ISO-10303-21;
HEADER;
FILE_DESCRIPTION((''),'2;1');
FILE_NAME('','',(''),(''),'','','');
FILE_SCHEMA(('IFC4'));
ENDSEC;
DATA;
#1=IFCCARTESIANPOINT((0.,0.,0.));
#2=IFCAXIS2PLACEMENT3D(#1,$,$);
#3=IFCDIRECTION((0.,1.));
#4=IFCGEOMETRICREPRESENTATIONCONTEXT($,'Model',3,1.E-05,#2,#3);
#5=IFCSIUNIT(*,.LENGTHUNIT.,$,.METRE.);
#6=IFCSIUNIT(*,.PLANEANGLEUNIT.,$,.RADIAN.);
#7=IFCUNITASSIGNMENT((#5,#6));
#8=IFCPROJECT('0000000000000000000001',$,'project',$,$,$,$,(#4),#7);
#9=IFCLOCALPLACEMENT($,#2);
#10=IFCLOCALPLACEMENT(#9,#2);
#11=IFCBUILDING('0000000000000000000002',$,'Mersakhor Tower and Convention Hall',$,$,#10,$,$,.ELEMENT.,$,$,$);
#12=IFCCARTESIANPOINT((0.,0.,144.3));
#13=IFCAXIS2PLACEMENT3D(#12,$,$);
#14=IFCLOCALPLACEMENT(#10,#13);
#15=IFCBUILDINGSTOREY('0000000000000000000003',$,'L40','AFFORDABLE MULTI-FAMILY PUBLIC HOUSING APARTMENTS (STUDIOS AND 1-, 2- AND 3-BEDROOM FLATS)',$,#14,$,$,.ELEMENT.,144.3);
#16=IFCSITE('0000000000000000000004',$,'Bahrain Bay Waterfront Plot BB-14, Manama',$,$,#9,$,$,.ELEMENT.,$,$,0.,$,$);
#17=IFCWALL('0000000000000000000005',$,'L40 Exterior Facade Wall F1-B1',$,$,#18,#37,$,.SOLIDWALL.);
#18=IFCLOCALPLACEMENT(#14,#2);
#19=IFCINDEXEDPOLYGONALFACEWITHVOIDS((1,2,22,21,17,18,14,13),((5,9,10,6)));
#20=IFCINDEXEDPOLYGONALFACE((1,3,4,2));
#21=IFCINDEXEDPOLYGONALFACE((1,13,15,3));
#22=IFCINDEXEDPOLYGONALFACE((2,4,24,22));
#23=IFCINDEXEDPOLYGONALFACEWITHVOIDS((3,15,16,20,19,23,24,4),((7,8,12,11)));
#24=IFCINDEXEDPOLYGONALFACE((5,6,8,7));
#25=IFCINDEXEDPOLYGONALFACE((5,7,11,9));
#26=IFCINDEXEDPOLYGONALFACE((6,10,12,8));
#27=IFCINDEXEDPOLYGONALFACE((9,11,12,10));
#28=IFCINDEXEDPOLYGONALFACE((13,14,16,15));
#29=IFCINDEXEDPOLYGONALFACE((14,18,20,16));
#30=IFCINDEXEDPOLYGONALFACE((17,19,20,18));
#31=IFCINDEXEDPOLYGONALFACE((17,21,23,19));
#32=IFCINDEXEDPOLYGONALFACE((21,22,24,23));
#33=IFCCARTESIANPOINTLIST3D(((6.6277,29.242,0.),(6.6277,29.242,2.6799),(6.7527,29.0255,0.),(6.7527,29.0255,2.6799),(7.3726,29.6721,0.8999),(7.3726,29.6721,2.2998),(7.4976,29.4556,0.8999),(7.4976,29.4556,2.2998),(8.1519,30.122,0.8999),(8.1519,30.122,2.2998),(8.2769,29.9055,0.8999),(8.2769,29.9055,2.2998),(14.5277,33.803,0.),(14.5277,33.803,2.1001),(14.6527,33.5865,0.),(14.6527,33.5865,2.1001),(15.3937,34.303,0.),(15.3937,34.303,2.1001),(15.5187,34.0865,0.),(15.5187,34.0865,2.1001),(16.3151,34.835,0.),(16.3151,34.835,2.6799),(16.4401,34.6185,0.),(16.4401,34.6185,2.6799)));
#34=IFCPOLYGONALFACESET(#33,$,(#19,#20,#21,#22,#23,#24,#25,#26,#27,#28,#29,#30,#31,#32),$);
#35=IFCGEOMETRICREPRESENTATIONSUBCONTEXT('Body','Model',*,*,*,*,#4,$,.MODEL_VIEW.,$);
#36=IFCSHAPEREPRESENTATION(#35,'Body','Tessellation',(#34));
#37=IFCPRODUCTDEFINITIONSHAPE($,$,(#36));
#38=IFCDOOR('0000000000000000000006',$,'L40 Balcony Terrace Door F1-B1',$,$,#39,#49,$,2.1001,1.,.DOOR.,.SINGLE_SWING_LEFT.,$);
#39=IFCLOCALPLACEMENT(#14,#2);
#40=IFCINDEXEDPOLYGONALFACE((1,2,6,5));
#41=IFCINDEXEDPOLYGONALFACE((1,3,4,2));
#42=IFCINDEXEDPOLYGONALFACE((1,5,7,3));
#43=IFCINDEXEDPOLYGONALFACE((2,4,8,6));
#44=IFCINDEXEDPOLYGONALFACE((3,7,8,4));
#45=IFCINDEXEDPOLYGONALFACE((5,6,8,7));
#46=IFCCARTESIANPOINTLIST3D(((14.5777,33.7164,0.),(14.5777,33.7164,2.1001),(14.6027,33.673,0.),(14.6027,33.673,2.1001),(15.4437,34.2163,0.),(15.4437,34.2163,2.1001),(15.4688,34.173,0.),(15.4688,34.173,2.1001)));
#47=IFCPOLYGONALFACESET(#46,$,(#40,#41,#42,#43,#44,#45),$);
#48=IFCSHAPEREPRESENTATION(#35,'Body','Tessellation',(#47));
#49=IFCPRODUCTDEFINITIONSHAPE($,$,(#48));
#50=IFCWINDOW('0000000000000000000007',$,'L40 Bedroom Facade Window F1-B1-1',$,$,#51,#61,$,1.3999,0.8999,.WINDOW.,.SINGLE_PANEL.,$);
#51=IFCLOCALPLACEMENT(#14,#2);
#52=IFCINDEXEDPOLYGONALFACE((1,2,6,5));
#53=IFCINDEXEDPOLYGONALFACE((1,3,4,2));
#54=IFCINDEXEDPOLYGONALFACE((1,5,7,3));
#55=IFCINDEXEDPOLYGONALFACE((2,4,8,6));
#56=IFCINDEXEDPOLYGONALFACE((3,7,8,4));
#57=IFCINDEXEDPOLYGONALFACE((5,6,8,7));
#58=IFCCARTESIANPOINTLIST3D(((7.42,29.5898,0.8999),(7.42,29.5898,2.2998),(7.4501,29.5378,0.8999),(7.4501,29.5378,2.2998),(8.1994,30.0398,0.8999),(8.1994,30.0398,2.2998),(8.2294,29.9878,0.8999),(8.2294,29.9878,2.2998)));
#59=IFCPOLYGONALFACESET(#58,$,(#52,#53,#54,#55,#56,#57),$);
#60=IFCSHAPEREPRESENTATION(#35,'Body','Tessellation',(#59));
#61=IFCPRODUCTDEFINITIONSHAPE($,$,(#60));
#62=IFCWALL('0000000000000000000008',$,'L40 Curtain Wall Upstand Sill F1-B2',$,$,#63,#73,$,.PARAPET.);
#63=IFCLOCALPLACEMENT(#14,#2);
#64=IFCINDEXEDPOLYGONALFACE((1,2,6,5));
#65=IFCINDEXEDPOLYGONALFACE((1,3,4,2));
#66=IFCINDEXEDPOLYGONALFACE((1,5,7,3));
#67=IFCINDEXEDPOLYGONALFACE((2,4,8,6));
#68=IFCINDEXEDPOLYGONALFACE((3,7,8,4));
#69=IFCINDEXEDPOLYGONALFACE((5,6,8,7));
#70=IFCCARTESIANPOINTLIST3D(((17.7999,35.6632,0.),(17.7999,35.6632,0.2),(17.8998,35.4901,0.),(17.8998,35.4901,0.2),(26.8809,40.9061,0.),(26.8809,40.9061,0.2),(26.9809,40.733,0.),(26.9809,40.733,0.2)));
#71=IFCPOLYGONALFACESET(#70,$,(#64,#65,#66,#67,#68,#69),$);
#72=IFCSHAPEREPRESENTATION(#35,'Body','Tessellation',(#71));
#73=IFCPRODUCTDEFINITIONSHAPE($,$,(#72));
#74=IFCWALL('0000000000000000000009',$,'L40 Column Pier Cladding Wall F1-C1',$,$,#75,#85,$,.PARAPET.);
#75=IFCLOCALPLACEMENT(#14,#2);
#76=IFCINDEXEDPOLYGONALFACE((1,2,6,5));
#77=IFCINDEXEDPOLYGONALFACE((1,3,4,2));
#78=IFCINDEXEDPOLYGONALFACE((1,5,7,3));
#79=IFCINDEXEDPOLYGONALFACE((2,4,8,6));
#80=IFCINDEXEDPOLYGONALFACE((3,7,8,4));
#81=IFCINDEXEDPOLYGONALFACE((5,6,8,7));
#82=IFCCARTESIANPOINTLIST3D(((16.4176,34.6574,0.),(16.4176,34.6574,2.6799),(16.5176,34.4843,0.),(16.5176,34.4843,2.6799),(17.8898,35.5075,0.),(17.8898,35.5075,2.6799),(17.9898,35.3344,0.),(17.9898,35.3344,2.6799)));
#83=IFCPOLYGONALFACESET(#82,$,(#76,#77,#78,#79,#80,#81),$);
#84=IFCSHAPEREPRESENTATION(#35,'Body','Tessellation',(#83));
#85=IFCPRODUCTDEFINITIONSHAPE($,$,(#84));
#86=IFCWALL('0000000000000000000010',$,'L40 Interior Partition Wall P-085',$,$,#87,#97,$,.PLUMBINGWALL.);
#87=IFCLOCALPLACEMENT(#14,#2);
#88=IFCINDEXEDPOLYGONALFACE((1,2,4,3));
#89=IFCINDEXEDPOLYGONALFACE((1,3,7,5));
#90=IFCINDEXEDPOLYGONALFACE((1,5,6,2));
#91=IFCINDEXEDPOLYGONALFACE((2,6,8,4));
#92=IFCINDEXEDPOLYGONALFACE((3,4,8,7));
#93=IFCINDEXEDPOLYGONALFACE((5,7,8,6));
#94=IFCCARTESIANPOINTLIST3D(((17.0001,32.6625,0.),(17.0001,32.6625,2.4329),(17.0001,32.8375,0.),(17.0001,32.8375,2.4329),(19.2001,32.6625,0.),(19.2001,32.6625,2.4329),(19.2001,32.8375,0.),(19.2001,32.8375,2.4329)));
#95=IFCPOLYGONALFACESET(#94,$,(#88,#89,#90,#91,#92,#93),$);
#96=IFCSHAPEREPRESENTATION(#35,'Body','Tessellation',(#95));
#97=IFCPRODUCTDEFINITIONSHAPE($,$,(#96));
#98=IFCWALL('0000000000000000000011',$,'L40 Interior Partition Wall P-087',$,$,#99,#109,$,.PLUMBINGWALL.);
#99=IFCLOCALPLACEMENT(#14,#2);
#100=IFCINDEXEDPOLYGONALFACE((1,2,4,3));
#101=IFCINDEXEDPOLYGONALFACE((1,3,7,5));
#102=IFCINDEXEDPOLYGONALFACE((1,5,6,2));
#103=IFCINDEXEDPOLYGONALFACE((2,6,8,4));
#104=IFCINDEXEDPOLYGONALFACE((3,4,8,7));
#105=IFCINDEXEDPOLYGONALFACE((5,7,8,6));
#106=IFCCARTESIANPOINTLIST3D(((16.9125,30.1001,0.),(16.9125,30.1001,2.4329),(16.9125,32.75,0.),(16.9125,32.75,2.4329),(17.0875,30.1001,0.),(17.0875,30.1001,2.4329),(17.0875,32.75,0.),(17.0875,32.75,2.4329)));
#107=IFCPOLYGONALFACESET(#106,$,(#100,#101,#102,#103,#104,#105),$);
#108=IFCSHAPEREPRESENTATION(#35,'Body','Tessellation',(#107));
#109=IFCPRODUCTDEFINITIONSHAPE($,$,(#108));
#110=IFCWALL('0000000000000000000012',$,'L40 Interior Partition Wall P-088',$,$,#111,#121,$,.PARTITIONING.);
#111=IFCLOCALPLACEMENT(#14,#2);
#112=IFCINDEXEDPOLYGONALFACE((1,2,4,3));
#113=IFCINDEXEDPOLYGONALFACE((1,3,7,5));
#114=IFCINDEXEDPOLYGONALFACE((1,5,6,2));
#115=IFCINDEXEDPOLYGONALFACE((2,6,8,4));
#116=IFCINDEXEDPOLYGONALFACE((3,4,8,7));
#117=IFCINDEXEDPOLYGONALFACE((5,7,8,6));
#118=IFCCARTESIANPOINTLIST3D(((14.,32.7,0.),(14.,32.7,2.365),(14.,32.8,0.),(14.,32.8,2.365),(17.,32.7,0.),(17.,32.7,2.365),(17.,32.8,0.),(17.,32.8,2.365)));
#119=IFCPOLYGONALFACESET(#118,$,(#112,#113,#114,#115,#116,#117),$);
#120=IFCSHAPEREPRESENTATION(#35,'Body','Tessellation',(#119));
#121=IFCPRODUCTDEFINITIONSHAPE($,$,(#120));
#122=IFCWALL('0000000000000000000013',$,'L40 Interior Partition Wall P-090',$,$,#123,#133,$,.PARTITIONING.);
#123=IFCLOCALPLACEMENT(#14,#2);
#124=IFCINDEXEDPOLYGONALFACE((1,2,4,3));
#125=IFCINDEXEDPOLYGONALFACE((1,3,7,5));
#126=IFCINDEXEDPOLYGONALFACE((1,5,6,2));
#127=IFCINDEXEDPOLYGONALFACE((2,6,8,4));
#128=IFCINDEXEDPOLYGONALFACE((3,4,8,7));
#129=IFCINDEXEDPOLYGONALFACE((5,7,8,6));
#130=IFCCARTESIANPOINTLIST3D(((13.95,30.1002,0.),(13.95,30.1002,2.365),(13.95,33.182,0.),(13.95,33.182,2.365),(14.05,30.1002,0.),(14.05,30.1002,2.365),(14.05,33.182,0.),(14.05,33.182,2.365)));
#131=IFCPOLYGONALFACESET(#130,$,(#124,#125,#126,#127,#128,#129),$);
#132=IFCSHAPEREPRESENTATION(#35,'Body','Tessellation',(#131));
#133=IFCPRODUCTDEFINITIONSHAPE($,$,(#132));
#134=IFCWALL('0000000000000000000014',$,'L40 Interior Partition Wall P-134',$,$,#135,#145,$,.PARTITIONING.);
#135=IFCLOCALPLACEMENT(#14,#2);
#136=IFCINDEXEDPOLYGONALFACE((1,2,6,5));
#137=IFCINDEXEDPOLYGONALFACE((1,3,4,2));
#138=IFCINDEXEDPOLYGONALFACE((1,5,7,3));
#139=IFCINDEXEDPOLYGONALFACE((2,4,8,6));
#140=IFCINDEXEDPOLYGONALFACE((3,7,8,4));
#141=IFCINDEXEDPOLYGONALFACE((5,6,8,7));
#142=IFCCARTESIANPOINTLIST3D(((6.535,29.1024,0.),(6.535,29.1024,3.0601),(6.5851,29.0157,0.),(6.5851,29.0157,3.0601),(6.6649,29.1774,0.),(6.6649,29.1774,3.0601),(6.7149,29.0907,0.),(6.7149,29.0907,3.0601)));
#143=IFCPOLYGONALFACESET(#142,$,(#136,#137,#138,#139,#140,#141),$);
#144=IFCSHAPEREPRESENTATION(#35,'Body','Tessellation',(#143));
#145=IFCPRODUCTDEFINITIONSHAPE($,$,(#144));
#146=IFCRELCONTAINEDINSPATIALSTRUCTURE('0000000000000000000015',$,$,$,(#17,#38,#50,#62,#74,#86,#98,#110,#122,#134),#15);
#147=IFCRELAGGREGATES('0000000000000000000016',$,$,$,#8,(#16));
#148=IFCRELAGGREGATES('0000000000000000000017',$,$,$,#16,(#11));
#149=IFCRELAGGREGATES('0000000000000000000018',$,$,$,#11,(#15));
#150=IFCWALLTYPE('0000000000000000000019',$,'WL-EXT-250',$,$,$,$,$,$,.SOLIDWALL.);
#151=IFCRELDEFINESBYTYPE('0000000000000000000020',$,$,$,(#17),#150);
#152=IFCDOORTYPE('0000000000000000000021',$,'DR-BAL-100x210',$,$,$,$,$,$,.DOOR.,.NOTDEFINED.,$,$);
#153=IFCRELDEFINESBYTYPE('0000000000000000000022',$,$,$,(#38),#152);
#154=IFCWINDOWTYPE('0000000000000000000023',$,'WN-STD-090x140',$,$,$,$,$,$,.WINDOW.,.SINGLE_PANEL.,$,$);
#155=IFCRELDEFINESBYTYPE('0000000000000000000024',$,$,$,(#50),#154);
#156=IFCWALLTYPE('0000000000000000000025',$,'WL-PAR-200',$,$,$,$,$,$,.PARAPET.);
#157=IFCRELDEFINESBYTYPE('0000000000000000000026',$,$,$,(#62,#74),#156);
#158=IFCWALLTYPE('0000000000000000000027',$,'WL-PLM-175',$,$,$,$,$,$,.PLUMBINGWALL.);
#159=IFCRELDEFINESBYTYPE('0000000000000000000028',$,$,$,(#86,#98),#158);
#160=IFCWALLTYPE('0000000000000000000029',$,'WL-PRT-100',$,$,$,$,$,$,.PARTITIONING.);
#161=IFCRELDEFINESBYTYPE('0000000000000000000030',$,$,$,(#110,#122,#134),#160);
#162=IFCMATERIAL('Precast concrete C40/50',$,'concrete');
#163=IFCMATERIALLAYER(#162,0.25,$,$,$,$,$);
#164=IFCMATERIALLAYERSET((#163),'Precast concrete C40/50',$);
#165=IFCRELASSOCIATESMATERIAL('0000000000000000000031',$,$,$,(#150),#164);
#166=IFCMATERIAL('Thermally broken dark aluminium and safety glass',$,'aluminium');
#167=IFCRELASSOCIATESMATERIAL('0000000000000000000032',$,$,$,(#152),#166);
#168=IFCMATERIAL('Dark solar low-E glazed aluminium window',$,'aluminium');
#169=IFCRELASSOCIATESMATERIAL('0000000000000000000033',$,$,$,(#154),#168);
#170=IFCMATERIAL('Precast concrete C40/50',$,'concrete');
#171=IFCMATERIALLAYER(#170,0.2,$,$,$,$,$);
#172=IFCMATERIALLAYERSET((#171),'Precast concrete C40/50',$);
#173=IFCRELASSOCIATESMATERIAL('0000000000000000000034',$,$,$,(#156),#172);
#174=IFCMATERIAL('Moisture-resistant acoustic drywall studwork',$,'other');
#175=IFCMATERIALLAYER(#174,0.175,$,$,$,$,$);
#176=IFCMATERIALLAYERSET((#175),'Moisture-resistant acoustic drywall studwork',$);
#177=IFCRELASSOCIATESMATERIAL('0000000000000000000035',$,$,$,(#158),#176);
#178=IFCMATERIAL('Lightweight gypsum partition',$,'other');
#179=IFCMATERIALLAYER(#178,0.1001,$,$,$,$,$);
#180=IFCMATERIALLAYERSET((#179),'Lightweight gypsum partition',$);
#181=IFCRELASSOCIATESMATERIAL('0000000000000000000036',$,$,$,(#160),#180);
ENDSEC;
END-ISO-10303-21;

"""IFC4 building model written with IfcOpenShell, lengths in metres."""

from ifc_helpers import new_model, si_unit, direction, frame, frame_2d, origin, place, context, subcontext, project, spatial, rectangle, extrude, material, layer, layer_set, type_object, element, fill, save


model = new_model("IFC4")

# Units and contexts
model_context = context("Model", 3, precision=1e-05, world=origin(), true_north=direction((0.0, 1.0)))
body_context = subcontext(model_context, "Body", "Model", "MODEL_VIEW")
ifc_project = project(units=[si_unit("LENGTHUNIT", "METRE"), si_unit("PLANEANGLEUNIT", "RADIAN")], contexts=[model_context])

# Site, building, storey
site_placement = place(None, origin())
site = spatial("IfcSite", under=ifc_project, at=site_placement, Name="Bahrain Bay Waterfront Plot BB-14, Manama", CompositionType="ELEMENT", RefElevation=0.0)
building_placement = place(site_placement, origin())
building = spatial("IfcBuilding", under=site, at=building_placement, Name="Mersakhor Tower and Convention Hall", CompositionType="ELEMENT")
storey_placement = place(building_placement, frame((0.0, 0.0, 144.3)))
storey = spatial("IfcBuildingStorey", under=building, at=storey_placement, Name="L40", Description="AFFORDABLE MULTI-FAMILY PUBLIC HOUSING APARTMENTS (STUDIOS AND 1-, 2- AND 3-BEDROOM FLATS)", CompositionType="ELEMENT", Elevation=144.3)

# Wall, openings, door, window
ifc_material_1 = material(Name="Precast concrete C40/50", Category="concrete")
ifc_layer_1 = layer(ifc_material_1, 0.25)
ifc_layer_set_1 = layer_set([ifc_layer_1], Name="Precast concrete C40/50")
wall_type_1 = type_object("IfcWallType", Name="WL-EXT-250", PredefinedType="SOLIDWALL", material=ifc_layer_set_1)
wall_1_placement = place(storey_placement, frame((6.6902, 29.1338, 0.0), z_axis=(0.0, 0.0, 1.0), x_axis=(0.866028, 0.499996, 0.0)))
wall_1 = element("IfcWall", 1, at=wall_1_placement, inside=storey, type_object=wall_type_1, Name="L40 Exterior Facade Wall F1-B1", PredefinedType="SOLIDWALL", context=body_context, shape_type="SweptSolid", body=[
    extrude(rectangle(XDim=11.186, YDim=0.25, at=frame_2d((5.593, 0.0))), origin(), (0.0, 0.0, 1.0), 2.6799),
])
opening_1_placement = place(wall_1_placement, frame((9.1221, 0.0, 0.0)))
opening_1 = element("IfcOpeningElement", 2, at=opening_1_placement, cuts=wall_1, PredefinedType="OPENING", context=body_context, shape_type="SweptSolid", body=[
    extrude(rectangle(XDim=1.0, YDim=2.1001, at=frame_2d((0.5, 1.05))), frame((0.0, 0.135, 0.0), z_axis=(0.0, -1.0, 0.0), x_axis=(1.0, 0.0, 0.0)), (0.0, 0.0, 1.0), 0.27),
])
opening_2_placement = place(wall_1_placement, frame((0.8601, 0.0, 0.8999)))
opening_2 = element("IfcOpeningElement", 3, at=opening_2_placement, cuts=wall_1, PredefinedType="OPENING", context=body_context, shape_type="SweptSolid", body=[
    extrude(rectangle(XDim=0.8999, YDim=1.3999, at=frame_2d((0.45, 0.7))), frame((0.0, 0.135, 0.0), z_axis=(0.0, -1.0, 0.0), x_axis=(1.0, 0.0, 0.0)), (0.0, 0.0, 1.0), 0.27),
])
ifc_material_2 = material(Name="Thermally broken dark aluminium and safety glass", Category="aluminium")
door_type_1 = type_object("IfcDoorType", Name="DR-BAL-100x210", OperationType="NOTDEFINED", PredefinedType="DOOR", material=ifc_material_2)
door_1_placement = place(opening_1_placement, origin())
door_1 = element("IfcDoor", 4, at=door_1_placement, inside=storey, type_object=door_type_1, Name="L40 Balcony Terrace Door F1-B1", OperationType="SINGLE_SWING_LEFT", OverallHeight=2.1001, OverallWidth=1.0, PredefinedType="DOOR", context=body_context, shape_type="SweptSolid", body=[
    extrude(rectangle(XDim=1.0, YDim=2.1001, at=frame_2d((0.5, 1.05))), frame((0.0, 0.0249, 0.0), z_axis=(0.0, -1.0, 0.0), x_axis=(1.0, 0.0, 0.0)), (0.0, 0.0, 1.0), 0.05),
])
fill(opening_1, door_1)
ifc_material_3 = material(Name="Dark solar low-E glazed aluminium window", Category="aluminium")
window_type = type_object("IfcWindowType", Name="WN-STD-090x140", PartitioningType="SINGLE_PANEL", PredefinedType="WINDOW", material=ifc_material_3)
window_placement = place(opening_2_placement, origin())
window = element("IfcWindow", 5, at=window_placement, inside=storey, type_object=window_type, Name="L40 Bedroom Facade Window F1-B1-1", OverallHeight=1.3999, OverallWidth=0.8999, PartitioningType="SINGLE_PANEL", PredefinedType="WINDOW", context=body_context, shape_type="SweptSolid", body=[
    extrude(rectangle(XDim=0.8999, YDim=1.3999, at=frame_2d((0.45, 0.7))), frame((0.0, 0.03, 0.0), z_axis=(0.0, -1.0, 0.0), x_axis=(1.0, 0.0, 0.0)), (0.0, 0.0, 1.0), 0.0601),
])
fill(opening_2, window)

# Walls
ifc_material_4 = material(Name="Precast concrete C40/50", Category="concrete")
ifc_layer_2 = layer(ifc_material_4, 0.2)
ifc_layer_set_2 = layer_set([ifc_layer_2], Name="Precast concrete C40/50")
wall_type_2 = type_object("IfcWallType", Name="WL-PAR-200", PredefinedType="PARAPET", material=ifc_layer_set_2)
wall_2_placement = place(storey_placement, frame((17.8499, 35.5767, 0.0), z_axis=(0.0, 0.0, 1.0), x_axis=(0.866027, 0.499998, 0.0)))
element("IfcWall", 6, at=wall_2_placement, inside=storey, type_object=wall_type_2, Name="L40 Curtain Wall Upstand Sill F1-B2", PredefinedType="PARAPET", context=body_context, shape_type="SweptSolid", body=[
    extrude(rectangle(XDim=10.4858, YDim=0.2, at=frame_2d((5.2429, 0.0))), origin(), (0.0, 0.0, 1.0), 0.2),
])
wall_3_placement = place(storey_placement, frame((16.4675, 34.5708, 0.0), z_axis=(0.0, 0.0, 1.0), x_axis=(0.865989, 0.500062, 0.0)))
element("IfcWall", 7, at=wall_3_placement, inside=storey, type_object=wall_type_2, Name="L40 Column Pier Cladding Wall F1-C1", PredefinedType="PARAPET", context=body_context, shape_type="SweptSolid", body=[
    extrude(rectangle(XDim=1.7, YDim=0.2, at=frame_2d((0.8501, 0.0))), origin(), (0.0, 0.0, 1.0), 2.6799),
])
ifc_material_5 = material(Name="Moisture-resistant acoustic drywall studwork", Category="other")
ifc_layer_3 = layer(ifc_material_5, 0.175)
ifc_layer_set_3 = layer_set([ifc_layer_3], Name="Moisture-resistant acoustic drywall studwork")
wall_type_3 = type_object("IfcWallType", Name="WL-PLM-175", PredefinedType="PLUMBINGWALL", material=ifc_layer_set_3)
wall_4_placement = place(storey_placement, frame((17.0, 32.75, 0.0), z_axis=(0.0, 0.0, 1.0), x_axis=(1.0, 0.0, 0.0)))
element("IfcWall", 8, at=wall_4_placement, inside=storey, type_object=wall_type_3, Name="L40 Interior Partition Wall P-085", PredefinedType="PLUMBINGWALL", context=body_context, shape_type="SweptSolid", body=[
    extrude(rectangle(XDim=2.2, YDim=0.175, at=frame_2d((1.1001, 0.0))), origin(), (0.0, 0.0, 1.0), 2.4329),
])
wall_5_placement = place(storey_placement, frame((17.0, 30.1001, 0.0), z_axis=(0.0, 0.0, 1.0), x_axis=(0.0, 1.0, 0.0)))
element("IfcWall", 9, at=wall_5_placement, inside=storey, type_object=wall_type_3, Name="L40 Interior Partition Wall P-087", PredefinedType="PLUMBINGWALL", context=body_context, shape_type="SweptSolid", body=[
    extrude(rectangle(XDim=2.6499, YDim=0.175, at=frame_2d((1.325, 0.0))), origin(), (0.0, 0.0, 1.0), 2.4329),
])
ifc_material_6 = material(Name="Lightweight gypsum partition", Category="other")
ifc_layer_4 = layer(ifc_material_6, 0.1001)
ifc_layer_set_4 = layer_set([ifc_layer_4], Name="Lightweight gypsum partition")
wall_type_4 = type_object("IfcWallType", Name="WL-PRT-100", PredefinedType="PARTITIONING", material=ifc_layer_set_4)
wall_6_placement = place(storey_placement, frame((14.0, 32.75, 0.0), z_axis=(0.0, 0.0, 1.0), x_axis=(1.0, 0.0, 0.0)))
element("IfcWall", 10, at=wall_6_placement, inside=storey, type_object=wall_type_4, Name="L40 Interior Partition Wall P-088", PredefinedType="PARTITIONING", context=body_context, shape_type="SweptSolid", body=[
    extrude(rectangle(XDim=3.0, YDim=0.1001, at=frame_2d((1.5, 0.0))), origin(), (0.0, 0.0, 1.0), 2.365),
])
wall_7_placement = place(storey_placement, frame((14.0, 30.1001, 0.0), z_axis=(0.0, 0.0, 1.0), x_axis=(0.0, 1.0, 0.0)))
element("IfcWall", 11, at=wall_7_placement, inside=storey, type_object=wall_type_4, Name="L40 Interior Partition Wall P-090", PredefinedType="PARTITIONING", context=body_context, shape_type="SweptSolid", body=[
    extrude(rectangle(XDim=3.0818, YDim=0.1001, at=frame_2d((1.541, 0.0))), origin(), (0.0, 0.0, 1.0), 2.365),
])
wall_8_placement = place(storey_placement, frame((6.5601, 29.0591, 0.0), z_axis=(0.0, 0.0, 1.0), x_axis=(0.866131, 0.499816, 0.0)))
element("IfcWall", 12, at=wall_8_placement, inside=storey, type_object=wall_type_4, Name="L40 Interior Partition Wall P-134", PredefinedType="PARTITIONING", context=body_context, shape_type="SweptSolid", body=[
    extrude(rectangle(XDim=0.1499, YDim=0.1001, at=frame_2d((0.075, 0.0))), origin(), (0.0, 0.0, 1.0), 3.0601),
])

save(model, "model.ifc")
